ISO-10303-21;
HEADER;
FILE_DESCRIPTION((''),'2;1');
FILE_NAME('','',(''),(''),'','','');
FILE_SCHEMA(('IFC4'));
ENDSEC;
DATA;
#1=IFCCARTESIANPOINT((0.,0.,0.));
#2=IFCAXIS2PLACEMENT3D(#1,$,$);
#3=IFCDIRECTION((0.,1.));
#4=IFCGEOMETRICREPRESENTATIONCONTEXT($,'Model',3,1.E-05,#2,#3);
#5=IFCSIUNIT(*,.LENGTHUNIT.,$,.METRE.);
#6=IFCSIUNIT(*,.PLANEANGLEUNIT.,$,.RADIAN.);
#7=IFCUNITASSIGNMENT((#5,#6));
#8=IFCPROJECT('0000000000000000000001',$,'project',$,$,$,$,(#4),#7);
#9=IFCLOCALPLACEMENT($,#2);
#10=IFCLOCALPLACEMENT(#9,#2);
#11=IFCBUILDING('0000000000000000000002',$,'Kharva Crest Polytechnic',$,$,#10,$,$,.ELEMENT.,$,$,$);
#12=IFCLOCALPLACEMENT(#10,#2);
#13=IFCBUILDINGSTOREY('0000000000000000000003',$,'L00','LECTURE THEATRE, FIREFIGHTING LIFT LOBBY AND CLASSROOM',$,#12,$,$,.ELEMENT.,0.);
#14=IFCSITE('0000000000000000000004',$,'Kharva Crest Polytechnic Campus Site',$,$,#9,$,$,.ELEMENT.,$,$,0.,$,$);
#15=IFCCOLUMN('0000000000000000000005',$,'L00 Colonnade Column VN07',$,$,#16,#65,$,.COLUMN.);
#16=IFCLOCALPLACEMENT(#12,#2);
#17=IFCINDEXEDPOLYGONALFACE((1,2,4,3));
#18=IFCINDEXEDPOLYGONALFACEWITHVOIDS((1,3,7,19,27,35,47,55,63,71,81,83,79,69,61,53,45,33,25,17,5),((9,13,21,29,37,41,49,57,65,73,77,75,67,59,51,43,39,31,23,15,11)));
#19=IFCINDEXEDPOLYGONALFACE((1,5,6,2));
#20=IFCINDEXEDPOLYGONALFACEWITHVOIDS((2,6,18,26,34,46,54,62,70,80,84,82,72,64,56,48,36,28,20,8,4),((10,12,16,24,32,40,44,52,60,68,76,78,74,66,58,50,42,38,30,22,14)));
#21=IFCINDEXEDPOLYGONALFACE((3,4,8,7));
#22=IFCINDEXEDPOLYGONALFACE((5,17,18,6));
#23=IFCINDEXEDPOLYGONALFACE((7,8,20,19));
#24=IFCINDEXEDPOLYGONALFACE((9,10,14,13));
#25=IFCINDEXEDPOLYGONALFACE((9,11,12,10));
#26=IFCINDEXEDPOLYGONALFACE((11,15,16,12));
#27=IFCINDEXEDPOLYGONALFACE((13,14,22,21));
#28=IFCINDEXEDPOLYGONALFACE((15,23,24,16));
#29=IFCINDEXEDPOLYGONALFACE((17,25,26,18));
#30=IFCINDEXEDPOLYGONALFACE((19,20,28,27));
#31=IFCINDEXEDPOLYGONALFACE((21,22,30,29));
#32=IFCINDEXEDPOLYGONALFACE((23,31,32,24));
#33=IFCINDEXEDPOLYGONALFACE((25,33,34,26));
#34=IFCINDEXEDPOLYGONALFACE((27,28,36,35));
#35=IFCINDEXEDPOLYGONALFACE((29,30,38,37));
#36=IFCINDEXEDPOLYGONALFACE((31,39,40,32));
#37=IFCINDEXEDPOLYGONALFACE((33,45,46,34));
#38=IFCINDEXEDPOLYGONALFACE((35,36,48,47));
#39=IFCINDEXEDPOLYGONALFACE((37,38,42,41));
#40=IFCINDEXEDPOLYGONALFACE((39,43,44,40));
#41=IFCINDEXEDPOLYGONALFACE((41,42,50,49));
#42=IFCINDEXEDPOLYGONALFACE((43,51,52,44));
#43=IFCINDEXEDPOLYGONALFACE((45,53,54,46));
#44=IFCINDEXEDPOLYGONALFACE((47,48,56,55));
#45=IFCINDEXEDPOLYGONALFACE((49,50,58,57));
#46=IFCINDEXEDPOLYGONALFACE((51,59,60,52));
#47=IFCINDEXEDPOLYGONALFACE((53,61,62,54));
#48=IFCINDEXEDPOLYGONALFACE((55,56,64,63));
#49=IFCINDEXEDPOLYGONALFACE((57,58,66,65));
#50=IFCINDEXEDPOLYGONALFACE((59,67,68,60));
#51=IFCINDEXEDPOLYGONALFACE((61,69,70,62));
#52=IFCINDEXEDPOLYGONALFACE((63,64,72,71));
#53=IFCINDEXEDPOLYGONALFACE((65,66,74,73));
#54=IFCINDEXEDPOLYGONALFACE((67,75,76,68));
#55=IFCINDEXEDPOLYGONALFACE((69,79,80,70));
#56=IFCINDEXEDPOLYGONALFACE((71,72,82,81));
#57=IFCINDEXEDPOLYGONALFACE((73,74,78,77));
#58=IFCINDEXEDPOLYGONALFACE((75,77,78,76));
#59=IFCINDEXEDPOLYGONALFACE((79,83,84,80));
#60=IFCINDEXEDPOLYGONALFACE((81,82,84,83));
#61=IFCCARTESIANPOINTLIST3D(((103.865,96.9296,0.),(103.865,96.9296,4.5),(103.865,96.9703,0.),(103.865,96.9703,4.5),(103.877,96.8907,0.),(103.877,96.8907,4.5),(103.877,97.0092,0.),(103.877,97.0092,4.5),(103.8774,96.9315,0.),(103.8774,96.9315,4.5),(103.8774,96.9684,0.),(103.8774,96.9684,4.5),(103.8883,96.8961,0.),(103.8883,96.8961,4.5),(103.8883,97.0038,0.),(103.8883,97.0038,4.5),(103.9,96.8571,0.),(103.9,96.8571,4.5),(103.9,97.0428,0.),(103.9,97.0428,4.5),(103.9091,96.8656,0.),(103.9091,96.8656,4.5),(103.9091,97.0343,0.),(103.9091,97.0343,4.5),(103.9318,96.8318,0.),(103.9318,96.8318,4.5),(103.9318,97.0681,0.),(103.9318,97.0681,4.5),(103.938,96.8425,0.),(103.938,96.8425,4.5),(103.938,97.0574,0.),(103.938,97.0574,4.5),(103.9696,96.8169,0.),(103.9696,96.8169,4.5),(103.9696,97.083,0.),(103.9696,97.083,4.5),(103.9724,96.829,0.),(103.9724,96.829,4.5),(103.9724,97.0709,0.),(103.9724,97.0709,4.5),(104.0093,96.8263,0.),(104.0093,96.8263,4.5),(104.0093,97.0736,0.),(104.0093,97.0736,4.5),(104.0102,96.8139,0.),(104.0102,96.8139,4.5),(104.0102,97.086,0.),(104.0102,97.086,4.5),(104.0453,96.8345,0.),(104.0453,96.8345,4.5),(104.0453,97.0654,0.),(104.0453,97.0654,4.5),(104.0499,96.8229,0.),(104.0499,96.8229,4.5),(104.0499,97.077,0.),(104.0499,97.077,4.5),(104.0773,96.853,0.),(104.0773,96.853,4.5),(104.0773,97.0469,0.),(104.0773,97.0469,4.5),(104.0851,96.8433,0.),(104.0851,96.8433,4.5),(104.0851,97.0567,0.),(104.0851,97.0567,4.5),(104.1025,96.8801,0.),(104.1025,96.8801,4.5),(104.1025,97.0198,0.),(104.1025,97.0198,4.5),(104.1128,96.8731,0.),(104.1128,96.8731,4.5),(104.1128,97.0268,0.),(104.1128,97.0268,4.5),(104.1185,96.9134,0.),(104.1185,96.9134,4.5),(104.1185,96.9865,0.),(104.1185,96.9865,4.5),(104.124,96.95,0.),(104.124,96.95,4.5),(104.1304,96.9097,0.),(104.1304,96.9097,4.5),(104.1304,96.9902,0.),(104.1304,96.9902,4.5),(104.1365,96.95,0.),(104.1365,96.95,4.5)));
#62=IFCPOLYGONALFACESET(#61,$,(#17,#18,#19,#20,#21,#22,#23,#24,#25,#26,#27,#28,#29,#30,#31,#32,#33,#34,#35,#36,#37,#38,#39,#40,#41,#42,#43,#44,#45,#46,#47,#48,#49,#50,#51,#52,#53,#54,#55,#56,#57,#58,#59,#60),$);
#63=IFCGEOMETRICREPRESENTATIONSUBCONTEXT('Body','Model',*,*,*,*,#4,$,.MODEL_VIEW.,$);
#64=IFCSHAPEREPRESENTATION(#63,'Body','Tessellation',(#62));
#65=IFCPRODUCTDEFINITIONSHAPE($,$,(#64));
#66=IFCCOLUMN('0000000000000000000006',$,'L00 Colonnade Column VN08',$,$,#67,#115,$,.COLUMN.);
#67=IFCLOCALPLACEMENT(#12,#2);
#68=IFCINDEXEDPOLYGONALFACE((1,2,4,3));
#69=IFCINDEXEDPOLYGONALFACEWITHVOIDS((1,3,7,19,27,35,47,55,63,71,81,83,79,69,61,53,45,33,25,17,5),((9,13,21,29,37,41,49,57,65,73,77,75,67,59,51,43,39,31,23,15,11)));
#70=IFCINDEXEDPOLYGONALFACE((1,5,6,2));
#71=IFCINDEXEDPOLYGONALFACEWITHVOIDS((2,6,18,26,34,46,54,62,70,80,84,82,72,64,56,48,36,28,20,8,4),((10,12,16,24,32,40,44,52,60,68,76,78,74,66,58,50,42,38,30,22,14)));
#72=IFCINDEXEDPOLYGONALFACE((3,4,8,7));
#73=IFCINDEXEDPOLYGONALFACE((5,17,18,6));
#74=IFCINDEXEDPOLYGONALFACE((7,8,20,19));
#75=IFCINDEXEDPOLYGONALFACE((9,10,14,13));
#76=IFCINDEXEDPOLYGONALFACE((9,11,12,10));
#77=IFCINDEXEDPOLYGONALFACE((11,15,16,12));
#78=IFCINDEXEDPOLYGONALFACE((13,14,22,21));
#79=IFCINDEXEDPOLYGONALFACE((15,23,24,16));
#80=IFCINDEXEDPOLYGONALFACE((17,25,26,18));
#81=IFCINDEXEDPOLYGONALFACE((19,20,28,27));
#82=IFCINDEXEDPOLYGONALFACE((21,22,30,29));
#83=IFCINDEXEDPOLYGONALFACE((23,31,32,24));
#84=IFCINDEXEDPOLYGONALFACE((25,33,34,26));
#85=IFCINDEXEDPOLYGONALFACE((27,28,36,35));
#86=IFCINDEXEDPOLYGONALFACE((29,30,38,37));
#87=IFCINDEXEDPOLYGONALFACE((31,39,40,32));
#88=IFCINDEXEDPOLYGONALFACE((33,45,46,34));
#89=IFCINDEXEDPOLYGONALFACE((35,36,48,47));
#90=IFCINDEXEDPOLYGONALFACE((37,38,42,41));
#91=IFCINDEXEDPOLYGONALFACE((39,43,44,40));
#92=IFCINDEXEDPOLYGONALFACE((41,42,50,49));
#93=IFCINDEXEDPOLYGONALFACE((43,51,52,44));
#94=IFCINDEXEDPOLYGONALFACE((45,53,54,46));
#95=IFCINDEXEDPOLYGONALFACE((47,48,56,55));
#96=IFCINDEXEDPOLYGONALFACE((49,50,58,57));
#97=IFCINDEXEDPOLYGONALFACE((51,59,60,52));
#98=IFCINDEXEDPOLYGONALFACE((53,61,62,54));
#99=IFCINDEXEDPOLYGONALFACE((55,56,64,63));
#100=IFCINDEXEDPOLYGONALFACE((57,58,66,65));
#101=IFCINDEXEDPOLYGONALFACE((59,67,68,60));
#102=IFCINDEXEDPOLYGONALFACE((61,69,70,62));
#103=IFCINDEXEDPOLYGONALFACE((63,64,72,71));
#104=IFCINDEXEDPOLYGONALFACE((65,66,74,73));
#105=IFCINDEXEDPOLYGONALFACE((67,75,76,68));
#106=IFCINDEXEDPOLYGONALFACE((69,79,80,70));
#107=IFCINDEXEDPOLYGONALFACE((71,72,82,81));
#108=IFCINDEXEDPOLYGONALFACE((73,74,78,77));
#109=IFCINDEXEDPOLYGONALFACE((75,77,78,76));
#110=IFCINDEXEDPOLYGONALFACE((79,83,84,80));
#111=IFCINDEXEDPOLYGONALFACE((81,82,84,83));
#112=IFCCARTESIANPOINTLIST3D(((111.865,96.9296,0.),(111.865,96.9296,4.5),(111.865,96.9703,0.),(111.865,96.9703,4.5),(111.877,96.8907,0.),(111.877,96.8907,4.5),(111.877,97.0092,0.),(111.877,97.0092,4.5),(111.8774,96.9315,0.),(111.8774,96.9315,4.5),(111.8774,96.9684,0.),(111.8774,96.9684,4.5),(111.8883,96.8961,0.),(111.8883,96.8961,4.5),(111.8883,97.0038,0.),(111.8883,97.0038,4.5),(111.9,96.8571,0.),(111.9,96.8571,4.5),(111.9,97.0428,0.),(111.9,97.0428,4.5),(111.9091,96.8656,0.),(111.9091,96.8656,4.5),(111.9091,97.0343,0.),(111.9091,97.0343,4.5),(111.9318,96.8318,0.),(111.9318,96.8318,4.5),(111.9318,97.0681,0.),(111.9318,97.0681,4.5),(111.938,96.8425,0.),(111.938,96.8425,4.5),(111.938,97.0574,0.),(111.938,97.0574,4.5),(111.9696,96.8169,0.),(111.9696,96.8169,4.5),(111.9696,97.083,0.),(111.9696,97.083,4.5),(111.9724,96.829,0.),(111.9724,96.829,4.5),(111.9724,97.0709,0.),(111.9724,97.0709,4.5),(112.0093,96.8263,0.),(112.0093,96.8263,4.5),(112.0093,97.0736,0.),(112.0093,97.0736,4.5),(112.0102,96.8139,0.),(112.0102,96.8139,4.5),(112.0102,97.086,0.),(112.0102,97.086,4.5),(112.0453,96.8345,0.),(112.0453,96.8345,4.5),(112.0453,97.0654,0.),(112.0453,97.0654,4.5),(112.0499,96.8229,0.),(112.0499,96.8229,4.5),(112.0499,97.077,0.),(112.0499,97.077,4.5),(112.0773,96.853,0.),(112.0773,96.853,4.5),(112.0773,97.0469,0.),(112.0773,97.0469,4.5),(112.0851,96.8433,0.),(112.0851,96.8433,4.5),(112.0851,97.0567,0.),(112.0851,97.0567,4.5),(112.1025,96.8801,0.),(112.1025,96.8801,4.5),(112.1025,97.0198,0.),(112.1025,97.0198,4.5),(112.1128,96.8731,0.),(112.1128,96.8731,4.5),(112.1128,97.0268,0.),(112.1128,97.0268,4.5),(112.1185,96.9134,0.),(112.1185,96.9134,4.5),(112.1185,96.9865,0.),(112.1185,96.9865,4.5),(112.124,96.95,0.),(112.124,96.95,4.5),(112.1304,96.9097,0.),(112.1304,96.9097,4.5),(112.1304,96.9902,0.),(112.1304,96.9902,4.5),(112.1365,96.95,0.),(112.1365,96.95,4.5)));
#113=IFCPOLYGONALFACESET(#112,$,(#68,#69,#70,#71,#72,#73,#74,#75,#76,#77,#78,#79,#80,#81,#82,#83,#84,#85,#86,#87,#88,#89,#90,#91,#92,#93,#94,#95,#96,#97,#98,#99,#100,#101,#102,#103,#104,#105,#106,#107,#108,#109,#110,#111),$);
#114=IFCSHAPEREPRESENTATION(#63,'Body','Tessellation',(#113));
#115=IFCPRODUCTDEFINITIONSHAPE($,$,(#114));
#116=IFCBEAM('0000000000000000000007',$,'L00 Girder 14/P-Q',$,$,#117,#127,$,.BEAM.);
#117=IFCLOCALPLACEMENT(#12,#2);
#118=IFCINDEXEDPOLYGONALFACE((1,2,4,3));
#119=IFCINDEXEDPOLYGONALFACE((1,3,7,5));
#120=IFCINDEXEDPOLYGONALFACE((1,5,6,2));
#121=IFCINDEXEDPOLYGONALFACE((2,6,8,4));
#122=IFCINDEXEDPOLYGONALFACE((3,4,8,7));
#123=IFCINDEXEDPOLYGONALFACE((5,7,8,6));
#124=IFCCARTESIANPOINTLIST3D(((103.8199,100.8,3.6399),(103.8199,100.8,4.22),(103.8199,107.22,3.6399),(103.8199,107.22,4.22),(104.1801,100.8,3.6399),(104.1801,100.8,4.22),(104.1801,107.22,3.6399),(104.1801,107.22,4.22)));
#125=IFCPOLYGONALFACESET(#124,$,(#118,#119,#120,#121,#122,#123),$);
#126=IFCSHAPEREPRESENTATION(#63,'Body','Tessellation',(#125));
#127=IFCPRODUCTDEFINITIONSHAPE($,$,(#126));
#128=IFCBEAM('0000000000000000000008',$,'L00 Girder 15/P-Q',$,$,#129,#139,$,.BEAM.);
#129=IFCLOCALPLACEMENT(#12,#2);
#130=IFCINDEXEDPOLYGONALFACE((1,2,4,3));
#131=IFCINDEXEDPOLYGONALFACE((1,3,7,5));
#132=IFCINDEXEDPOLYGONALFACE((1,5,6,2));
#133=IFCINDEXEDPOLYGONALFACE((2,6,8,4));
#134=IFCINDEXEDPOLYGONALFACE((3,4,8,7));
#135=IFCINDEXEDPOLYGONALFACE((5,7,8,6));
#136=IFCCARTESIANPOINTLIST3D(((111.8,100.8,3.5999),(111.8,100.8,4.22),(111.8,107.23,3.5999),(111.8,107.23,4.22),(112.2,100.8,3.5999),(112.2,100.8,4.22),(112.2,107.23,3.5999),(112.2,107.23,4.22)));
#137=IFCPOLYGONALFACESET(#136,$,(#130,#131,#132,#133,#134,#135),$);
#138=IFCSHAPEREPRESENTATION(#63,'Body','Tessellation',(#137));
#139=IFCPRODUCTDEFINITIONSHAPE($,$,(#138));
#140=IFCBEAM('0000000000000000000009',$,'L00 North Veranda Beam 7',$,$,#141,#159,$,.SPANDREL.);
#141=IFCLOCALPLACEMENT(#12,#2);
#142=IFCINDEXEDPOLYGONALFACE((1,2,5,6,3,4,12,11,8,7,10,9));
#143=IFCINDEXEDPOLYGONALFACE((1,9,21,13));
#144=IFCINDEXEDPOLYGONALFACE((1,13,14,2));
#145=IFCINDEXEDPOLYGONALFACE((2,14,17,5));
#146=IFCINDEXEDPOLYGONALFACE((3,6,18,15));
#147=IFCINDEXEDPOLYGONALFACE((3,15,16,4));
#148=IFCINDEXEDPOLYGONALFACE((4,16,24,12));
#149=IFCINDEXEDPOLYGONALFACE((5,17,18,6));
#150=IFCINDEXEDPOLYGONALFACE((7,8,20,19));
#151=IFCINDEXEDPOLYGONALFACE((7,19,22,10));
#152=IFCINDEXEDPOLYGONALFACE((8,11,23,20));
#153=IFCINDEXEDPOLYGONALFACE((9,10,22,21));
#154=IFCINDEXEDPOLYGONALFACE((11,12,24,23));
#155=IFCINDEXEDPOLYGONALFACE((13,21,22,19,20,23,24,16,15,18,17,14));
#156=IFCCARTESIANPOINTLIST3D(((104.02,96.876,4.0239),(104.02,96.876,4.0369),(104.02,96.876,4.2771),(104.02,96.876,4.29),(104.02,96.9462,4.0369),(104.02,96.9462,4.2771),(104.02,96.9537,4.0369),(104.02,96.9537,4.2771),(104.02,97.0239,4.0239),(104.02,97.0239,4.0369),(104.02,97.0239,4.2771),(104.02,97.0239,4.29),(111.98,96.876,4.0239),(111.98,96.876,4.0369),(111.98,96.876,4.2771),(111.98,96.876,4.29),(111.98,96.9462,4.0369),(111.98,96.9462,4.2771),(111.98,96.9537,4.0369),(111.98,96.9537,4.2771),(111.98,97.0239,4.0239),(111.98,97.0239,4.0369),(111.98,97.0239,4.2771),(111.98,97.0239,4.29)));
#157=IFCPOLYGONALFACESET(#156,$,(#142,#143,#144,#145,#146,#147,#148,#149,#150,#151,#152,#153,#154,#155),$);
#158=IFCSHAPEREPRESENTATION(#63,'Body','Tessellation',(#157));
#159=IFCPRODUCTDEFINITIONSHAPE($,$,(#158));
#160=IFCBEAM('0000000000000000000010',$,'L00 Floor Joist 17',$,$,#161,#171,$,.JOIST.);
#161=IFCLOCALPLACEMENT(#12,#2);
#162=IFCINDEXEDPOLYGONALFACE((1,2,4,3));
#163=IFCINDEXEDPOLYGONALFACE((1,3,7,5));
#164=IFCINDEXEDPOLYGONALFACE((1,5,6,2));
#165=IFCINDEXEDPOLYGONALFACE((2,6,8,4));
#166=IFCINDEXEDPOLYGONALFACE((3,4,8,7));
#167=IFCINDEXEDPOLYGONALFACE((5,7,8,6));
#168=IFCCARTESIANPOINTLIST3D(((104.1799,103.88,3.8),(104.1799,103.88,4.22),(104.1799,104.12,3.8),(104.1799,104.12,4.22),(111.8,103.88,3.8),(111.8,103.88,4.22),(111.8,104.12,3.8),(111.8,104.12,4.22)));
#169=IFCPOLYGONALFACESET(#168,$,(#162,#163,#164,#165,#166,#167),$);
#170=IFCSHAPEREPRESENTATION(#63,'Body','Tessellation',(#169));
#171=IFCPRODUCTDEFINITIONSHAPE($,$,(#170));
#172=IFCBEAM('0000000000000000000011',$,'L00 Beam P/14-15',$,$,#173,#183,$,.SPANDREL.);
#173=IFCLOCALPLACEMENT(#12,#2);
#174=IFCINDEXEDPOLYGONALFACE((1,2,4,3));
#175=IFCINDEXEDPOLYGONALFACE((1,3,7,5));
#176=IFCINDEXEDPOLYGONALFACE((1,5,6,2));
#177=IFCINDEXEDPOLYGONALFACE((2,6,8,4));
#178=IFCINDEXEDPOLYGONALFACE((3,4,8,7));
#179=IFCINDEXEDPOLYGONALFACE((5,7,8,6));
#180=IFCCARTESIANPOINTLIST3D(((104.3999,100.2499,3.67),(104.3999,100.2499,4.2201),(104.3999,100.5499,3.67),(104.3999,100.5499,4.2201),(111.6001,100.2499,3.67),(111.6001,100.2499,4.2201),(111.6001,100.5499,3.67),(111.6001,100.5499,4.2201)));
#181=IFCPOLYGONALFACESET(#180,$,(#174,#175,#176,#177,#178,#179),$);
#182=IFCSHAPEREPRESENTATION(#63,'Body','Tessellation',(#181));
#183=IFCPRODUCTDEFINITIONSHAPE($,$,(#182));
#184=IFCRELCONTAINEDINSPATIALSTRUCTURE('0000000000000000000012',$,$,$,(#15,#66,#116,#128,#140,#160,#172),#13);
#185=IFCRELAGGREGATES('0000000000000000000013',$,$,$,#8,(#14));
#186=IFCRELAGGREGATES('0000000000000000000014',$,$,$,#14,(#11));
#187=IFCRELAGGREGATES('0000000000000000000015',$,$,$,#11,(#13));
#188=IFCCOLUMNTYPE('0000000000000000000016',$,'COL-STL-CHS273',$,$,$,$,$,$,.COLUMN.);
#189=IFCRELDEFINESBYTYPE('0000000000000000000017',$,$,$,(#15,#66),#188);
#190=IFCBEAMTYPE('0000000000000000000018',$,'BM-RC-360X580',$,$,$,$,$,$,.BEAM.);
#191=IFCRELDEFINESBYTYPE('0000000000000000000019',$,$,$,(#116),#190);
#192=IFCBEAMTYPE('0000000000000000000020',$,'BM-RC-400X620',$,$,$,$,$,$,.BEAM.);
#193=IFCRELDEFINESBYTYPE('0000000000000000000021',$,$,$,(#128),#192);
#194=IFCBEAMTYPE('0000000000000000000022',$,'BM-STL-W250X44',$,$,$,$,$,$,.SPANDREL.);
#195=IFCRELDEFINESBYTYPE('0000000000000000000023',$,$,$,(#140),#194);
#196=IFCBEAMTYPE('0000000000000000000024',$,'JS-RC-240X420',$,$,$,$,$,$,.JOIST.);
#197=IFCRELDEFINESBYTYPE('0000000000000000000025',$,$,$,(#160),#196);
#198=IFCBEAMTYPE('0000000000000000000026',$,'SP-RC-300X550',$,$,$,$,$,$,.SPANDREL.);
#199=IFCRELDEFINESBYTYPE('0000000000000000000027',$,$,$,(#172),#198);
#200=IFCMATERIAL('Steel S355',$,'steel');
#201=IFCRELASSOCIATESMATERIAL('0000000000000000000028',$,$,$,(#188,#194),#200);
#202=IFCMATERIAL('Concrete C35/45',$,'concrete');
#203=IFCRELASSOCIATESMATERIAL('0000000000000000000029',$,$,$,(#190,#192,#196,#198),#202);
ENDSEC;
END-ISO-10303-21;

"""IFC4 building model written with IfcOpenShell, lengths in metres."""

from ifc_helpers import new_model, si_unit, direction, frame, origin, origin_2d, place, context, subcontext, project, spatial, rectangle, hollow_circle, i_section, extrude, material, material_profile, profile_set, type_object, element, save


model = new_model("IFC4")

# Units and contexts
model_context = context("Model", 3, precision=1e-05, world=origin(), true_north=direction((0.0, 1.0)))
body_context = subcontext(model_context, "Body", "Model", "MODEL_VIEW")
ifc_project = project(units=[si_unit("LENGTHUNIT", "METRE"), si_unit("PLANEANGLEUNIT", "RADIAN")], contexts=[model_context])

# Site, building, storey
site_placement = place(None, origin())
site = spatial("IfcSite", under=ifc_project, at=site_placement, Name="Kharva Crest Polytechnic Campus Site", CompositionType="ELEMENT", RefElevation=0.0)
building_placement = place(site_placement, origin())
building = spatial("IfcBuilding", under=site, at=building_placement, Name="Kharva Crest Polytechnic", CompositionType="ELEMENT")
storey_placement = place(building_placement, origin())
storey = spatial("IfcBuildingStorey", under=building, at=storey_placement, Name="L00", Description="LECTURE THEATRE, FIREFIGHTING LIFT LOBBY AND CLASSROOM", CompositionType="ELEMENT", Elevation=0.0)

# Shared definitions
ifc_material_1 = material(Name="Concrete C35/45", Category="concrete")

# Columns
ifc_material_2 = material(Name="Steel S355", Category="steel")
ifc_material_profile_1 = material_profile(ifc_material_2, hollow_circle(Radius=0.1365, WallThickness=0.0125, at=origin_2d()), Name="CHS 273.0X12.5")
ifc_profile_set_1 = profile_set([ifc_material_profile_1], Name="Steel S355")
column_type_1 = type_object("IfcColumnType", Name="COL-STL-CHS273", PredefinedType="COLUMN", material=ifc_profile_set_1)
for number, where, z_axis, x_axis, name in (
    (1, (104.0, 96.95, 0.0), (0.0, 0.0, 1.0), (1.0, 0.0, 0.0), "L00 Colonnade Column VN07"),
    (2, (112.0, 96.95, 0.0), (0.0, 0.0, 1.0), (1.0, 0.0, 0.0), "L00 Colonnade Column VN08"),
):
    element("IfcColumn", number, at=place(storey_placement, frame(where, z_axis=z_axis, x_axis=x_axis)), inside=storey, type_object=column_type_1, Name=name, PredefinedType="COLUMN", context=body_context, shape_type="SweptSolid", body=[
        extrude(hollow_circle(Radius=0.1365, WallThickness=0.0125, at=origin_2d()), origin(), (0.0, 0.0, 1.0), 4.5),
    ])

# Beams
ifc_material_profile_2 = material_profile(ifc_material_1, rectangle(XDim=0.3601, YDim=0.5801, at=origin_2d()), Name="RECT 360 X 580")
ifc_profile_set_2 = profile_set([ifc_material_profile_2], Name="Concrete C35/45")
beam_type_1 = type_object("IfcBeamType", Name="BM-RC-360X580", PredefinedType="BEAM", material=ifc_profile_set_2)
beam_1_placement = place(storey_placement, frame((104.0, 100.8, 3.9299), z_axis=(0.0, 1.0, 0.0), x_axis=(-1.0, 0.0, 0.0)))
element("IfcBeam", 3, at=beam_1_placement, inside=storey, type_object=beam_type_1, Name="L00 Girder 14/P-Q", PredefinedType="BEAM", context=body_context, shape_type="SweptSolid", body=[
    extrude(rectangle(XDim=0.3601, YDim=0.5801, at=origin_2d()), origin(), (0.0, 0.0, 1.0), 6.4199),
])
ifc_material_profile_3 = material_profile(ifc_material_1, rectangle(XDim=0.3999, YDim=0.6201, at=origin_2d()), Name="RECT 400 X 620")
ifc_profile_set_3 = profile_set([ifc_material_profile_3], Name="Concrete C35/45")
beam_type_2 = type_object("IfcBeamType", Name="BM-RC-400X620", PredefinedType="BEAM", material=ifc_profile_set_3)
beam_2_placement = place(storey_placement, frame((112.0, 100.8, 3.9099), z_axis=(0.0, 1.0, 0.0), x_axis=(-1.0, 0.0, 0.0)))
element("IfcBeam", 4, at=beam_2_placement, inside=storey, type_object=beam_type_2, Name="L00 Girder 15/P-Q", PredefinedType="BEAM", context=body_context, shape_type="SweptSolid", body=[
    extrude(rectangle(XDim=0.3999, YDim=0.6201, at=origin_2d()), origin(), (0.0, 0.0, 1.0), 6.4299),
])
ifc_material_profile_4 = material_profile(ifc_material_2, i_section(OverallWidth=0.1479, OverallDepth=0.2661, WebThickness=0.0076, FlangeThickness=0.0129, at=origin_2d()), Name="W250X44.8")
ifc_profile_set_4 = profile_set([ifc_material_profile_4], Name="Steel S355")
beam_type_3 = type_object("IfcBeamType", Name="BM-STL-W250X44", PredefinedType="SPANDREL", material=ifc_profile_set_4)
beam_3_placement = place(storey_placement, frame((104.02, 96.95, 4.157), z_axis=(1.0, 0.0, 0.0), x_axis=(0.0, 1.0, 0.0)))
element("IfcBeam", 5, at=beam_3_placement, inside=storey, type_object=beam_type_3, Name="L00 North Veranda Beam 7", PredefinedType="SPANDREL", context=body_context, shape_type="SweptSolid", body=[
    extrude(i_section(OverallWidth=0.1479, OverallDepth=0.2661, WebThickness=0.0076, FlangeThickness=0.0129, at=origin_2d()), origin(), (0.0, 0.0, 1.0), 7.96),
])
ifc_material_profile_5 = material_profile(ifc_material_1, rectangle(XDim=0.24, YDim=0.4199, at=origin_2d()), Name="RECT 240 X 420")
ifc_profile_set_5 = profile_set([ifc_material_profile_5], Name="Concrete C35/45")
beam_type_4 = type_object("IfcBeamType", Name="JS-RC-240X420", PredefinedType="JOIST", material=ifc_profile_set_5)
beam_4_placement = place(storey_placement, frame((104.1799, 104.0, 4.01), z_axis=(1.0, 0.0, 0.0), x_axis=(0.0, 1.0, 0.0)))
element("IfcBeam", 6, at=beam_4_placement, inside=storey, type_object=beam_type_4, Name="L00 Floor Joist 17", PredefinedType="JOIST", context=body_context, shape_type="SweptSolid", body=[
    extrude(rectangle(XDim=0.24, YDim=0.4199, at=origin_2d()), origin(), (0.0, 0.0, 1.0), 7.6201),
])
ifc_material_profile_6 = material_profile(ifc_material_1, rectangle(XDim=0.3, YDim=0.55, at=origin_2d()), Name="RECT 300 X 550")
ifc_profile_set_6 = profile_set([ifc_material_profile_6], Name="Concrete C35/45")
beam_type_5 = type_object("IfcBeamType", Name="SP-RC-300X550", PredefinedType="SPANDREL", material=ifc_profile_set_6)
beam_5_placement = place(storey_placement, frame((104.3999, 100.3999, 3.9451), z_axis=(1.0, 0.0, 0.0), x_axis=(0.0, 1.0, 0.0)))
element("IfcBeam", 7, at=beam_5_placement, inside=storey, type_object=beam_type_5, Name="L00 Beam P/14-15", PredefinedType="SPANDREL", context=body_context, shape_type="SweptSolid", body=[
    extrude(rectangle(XDim=0.3, YDim=0.55, at=origin_2d()), origin(), (0.0, 0.0, 1.0), 7.2002),
])

save(model, "model.ifc")
